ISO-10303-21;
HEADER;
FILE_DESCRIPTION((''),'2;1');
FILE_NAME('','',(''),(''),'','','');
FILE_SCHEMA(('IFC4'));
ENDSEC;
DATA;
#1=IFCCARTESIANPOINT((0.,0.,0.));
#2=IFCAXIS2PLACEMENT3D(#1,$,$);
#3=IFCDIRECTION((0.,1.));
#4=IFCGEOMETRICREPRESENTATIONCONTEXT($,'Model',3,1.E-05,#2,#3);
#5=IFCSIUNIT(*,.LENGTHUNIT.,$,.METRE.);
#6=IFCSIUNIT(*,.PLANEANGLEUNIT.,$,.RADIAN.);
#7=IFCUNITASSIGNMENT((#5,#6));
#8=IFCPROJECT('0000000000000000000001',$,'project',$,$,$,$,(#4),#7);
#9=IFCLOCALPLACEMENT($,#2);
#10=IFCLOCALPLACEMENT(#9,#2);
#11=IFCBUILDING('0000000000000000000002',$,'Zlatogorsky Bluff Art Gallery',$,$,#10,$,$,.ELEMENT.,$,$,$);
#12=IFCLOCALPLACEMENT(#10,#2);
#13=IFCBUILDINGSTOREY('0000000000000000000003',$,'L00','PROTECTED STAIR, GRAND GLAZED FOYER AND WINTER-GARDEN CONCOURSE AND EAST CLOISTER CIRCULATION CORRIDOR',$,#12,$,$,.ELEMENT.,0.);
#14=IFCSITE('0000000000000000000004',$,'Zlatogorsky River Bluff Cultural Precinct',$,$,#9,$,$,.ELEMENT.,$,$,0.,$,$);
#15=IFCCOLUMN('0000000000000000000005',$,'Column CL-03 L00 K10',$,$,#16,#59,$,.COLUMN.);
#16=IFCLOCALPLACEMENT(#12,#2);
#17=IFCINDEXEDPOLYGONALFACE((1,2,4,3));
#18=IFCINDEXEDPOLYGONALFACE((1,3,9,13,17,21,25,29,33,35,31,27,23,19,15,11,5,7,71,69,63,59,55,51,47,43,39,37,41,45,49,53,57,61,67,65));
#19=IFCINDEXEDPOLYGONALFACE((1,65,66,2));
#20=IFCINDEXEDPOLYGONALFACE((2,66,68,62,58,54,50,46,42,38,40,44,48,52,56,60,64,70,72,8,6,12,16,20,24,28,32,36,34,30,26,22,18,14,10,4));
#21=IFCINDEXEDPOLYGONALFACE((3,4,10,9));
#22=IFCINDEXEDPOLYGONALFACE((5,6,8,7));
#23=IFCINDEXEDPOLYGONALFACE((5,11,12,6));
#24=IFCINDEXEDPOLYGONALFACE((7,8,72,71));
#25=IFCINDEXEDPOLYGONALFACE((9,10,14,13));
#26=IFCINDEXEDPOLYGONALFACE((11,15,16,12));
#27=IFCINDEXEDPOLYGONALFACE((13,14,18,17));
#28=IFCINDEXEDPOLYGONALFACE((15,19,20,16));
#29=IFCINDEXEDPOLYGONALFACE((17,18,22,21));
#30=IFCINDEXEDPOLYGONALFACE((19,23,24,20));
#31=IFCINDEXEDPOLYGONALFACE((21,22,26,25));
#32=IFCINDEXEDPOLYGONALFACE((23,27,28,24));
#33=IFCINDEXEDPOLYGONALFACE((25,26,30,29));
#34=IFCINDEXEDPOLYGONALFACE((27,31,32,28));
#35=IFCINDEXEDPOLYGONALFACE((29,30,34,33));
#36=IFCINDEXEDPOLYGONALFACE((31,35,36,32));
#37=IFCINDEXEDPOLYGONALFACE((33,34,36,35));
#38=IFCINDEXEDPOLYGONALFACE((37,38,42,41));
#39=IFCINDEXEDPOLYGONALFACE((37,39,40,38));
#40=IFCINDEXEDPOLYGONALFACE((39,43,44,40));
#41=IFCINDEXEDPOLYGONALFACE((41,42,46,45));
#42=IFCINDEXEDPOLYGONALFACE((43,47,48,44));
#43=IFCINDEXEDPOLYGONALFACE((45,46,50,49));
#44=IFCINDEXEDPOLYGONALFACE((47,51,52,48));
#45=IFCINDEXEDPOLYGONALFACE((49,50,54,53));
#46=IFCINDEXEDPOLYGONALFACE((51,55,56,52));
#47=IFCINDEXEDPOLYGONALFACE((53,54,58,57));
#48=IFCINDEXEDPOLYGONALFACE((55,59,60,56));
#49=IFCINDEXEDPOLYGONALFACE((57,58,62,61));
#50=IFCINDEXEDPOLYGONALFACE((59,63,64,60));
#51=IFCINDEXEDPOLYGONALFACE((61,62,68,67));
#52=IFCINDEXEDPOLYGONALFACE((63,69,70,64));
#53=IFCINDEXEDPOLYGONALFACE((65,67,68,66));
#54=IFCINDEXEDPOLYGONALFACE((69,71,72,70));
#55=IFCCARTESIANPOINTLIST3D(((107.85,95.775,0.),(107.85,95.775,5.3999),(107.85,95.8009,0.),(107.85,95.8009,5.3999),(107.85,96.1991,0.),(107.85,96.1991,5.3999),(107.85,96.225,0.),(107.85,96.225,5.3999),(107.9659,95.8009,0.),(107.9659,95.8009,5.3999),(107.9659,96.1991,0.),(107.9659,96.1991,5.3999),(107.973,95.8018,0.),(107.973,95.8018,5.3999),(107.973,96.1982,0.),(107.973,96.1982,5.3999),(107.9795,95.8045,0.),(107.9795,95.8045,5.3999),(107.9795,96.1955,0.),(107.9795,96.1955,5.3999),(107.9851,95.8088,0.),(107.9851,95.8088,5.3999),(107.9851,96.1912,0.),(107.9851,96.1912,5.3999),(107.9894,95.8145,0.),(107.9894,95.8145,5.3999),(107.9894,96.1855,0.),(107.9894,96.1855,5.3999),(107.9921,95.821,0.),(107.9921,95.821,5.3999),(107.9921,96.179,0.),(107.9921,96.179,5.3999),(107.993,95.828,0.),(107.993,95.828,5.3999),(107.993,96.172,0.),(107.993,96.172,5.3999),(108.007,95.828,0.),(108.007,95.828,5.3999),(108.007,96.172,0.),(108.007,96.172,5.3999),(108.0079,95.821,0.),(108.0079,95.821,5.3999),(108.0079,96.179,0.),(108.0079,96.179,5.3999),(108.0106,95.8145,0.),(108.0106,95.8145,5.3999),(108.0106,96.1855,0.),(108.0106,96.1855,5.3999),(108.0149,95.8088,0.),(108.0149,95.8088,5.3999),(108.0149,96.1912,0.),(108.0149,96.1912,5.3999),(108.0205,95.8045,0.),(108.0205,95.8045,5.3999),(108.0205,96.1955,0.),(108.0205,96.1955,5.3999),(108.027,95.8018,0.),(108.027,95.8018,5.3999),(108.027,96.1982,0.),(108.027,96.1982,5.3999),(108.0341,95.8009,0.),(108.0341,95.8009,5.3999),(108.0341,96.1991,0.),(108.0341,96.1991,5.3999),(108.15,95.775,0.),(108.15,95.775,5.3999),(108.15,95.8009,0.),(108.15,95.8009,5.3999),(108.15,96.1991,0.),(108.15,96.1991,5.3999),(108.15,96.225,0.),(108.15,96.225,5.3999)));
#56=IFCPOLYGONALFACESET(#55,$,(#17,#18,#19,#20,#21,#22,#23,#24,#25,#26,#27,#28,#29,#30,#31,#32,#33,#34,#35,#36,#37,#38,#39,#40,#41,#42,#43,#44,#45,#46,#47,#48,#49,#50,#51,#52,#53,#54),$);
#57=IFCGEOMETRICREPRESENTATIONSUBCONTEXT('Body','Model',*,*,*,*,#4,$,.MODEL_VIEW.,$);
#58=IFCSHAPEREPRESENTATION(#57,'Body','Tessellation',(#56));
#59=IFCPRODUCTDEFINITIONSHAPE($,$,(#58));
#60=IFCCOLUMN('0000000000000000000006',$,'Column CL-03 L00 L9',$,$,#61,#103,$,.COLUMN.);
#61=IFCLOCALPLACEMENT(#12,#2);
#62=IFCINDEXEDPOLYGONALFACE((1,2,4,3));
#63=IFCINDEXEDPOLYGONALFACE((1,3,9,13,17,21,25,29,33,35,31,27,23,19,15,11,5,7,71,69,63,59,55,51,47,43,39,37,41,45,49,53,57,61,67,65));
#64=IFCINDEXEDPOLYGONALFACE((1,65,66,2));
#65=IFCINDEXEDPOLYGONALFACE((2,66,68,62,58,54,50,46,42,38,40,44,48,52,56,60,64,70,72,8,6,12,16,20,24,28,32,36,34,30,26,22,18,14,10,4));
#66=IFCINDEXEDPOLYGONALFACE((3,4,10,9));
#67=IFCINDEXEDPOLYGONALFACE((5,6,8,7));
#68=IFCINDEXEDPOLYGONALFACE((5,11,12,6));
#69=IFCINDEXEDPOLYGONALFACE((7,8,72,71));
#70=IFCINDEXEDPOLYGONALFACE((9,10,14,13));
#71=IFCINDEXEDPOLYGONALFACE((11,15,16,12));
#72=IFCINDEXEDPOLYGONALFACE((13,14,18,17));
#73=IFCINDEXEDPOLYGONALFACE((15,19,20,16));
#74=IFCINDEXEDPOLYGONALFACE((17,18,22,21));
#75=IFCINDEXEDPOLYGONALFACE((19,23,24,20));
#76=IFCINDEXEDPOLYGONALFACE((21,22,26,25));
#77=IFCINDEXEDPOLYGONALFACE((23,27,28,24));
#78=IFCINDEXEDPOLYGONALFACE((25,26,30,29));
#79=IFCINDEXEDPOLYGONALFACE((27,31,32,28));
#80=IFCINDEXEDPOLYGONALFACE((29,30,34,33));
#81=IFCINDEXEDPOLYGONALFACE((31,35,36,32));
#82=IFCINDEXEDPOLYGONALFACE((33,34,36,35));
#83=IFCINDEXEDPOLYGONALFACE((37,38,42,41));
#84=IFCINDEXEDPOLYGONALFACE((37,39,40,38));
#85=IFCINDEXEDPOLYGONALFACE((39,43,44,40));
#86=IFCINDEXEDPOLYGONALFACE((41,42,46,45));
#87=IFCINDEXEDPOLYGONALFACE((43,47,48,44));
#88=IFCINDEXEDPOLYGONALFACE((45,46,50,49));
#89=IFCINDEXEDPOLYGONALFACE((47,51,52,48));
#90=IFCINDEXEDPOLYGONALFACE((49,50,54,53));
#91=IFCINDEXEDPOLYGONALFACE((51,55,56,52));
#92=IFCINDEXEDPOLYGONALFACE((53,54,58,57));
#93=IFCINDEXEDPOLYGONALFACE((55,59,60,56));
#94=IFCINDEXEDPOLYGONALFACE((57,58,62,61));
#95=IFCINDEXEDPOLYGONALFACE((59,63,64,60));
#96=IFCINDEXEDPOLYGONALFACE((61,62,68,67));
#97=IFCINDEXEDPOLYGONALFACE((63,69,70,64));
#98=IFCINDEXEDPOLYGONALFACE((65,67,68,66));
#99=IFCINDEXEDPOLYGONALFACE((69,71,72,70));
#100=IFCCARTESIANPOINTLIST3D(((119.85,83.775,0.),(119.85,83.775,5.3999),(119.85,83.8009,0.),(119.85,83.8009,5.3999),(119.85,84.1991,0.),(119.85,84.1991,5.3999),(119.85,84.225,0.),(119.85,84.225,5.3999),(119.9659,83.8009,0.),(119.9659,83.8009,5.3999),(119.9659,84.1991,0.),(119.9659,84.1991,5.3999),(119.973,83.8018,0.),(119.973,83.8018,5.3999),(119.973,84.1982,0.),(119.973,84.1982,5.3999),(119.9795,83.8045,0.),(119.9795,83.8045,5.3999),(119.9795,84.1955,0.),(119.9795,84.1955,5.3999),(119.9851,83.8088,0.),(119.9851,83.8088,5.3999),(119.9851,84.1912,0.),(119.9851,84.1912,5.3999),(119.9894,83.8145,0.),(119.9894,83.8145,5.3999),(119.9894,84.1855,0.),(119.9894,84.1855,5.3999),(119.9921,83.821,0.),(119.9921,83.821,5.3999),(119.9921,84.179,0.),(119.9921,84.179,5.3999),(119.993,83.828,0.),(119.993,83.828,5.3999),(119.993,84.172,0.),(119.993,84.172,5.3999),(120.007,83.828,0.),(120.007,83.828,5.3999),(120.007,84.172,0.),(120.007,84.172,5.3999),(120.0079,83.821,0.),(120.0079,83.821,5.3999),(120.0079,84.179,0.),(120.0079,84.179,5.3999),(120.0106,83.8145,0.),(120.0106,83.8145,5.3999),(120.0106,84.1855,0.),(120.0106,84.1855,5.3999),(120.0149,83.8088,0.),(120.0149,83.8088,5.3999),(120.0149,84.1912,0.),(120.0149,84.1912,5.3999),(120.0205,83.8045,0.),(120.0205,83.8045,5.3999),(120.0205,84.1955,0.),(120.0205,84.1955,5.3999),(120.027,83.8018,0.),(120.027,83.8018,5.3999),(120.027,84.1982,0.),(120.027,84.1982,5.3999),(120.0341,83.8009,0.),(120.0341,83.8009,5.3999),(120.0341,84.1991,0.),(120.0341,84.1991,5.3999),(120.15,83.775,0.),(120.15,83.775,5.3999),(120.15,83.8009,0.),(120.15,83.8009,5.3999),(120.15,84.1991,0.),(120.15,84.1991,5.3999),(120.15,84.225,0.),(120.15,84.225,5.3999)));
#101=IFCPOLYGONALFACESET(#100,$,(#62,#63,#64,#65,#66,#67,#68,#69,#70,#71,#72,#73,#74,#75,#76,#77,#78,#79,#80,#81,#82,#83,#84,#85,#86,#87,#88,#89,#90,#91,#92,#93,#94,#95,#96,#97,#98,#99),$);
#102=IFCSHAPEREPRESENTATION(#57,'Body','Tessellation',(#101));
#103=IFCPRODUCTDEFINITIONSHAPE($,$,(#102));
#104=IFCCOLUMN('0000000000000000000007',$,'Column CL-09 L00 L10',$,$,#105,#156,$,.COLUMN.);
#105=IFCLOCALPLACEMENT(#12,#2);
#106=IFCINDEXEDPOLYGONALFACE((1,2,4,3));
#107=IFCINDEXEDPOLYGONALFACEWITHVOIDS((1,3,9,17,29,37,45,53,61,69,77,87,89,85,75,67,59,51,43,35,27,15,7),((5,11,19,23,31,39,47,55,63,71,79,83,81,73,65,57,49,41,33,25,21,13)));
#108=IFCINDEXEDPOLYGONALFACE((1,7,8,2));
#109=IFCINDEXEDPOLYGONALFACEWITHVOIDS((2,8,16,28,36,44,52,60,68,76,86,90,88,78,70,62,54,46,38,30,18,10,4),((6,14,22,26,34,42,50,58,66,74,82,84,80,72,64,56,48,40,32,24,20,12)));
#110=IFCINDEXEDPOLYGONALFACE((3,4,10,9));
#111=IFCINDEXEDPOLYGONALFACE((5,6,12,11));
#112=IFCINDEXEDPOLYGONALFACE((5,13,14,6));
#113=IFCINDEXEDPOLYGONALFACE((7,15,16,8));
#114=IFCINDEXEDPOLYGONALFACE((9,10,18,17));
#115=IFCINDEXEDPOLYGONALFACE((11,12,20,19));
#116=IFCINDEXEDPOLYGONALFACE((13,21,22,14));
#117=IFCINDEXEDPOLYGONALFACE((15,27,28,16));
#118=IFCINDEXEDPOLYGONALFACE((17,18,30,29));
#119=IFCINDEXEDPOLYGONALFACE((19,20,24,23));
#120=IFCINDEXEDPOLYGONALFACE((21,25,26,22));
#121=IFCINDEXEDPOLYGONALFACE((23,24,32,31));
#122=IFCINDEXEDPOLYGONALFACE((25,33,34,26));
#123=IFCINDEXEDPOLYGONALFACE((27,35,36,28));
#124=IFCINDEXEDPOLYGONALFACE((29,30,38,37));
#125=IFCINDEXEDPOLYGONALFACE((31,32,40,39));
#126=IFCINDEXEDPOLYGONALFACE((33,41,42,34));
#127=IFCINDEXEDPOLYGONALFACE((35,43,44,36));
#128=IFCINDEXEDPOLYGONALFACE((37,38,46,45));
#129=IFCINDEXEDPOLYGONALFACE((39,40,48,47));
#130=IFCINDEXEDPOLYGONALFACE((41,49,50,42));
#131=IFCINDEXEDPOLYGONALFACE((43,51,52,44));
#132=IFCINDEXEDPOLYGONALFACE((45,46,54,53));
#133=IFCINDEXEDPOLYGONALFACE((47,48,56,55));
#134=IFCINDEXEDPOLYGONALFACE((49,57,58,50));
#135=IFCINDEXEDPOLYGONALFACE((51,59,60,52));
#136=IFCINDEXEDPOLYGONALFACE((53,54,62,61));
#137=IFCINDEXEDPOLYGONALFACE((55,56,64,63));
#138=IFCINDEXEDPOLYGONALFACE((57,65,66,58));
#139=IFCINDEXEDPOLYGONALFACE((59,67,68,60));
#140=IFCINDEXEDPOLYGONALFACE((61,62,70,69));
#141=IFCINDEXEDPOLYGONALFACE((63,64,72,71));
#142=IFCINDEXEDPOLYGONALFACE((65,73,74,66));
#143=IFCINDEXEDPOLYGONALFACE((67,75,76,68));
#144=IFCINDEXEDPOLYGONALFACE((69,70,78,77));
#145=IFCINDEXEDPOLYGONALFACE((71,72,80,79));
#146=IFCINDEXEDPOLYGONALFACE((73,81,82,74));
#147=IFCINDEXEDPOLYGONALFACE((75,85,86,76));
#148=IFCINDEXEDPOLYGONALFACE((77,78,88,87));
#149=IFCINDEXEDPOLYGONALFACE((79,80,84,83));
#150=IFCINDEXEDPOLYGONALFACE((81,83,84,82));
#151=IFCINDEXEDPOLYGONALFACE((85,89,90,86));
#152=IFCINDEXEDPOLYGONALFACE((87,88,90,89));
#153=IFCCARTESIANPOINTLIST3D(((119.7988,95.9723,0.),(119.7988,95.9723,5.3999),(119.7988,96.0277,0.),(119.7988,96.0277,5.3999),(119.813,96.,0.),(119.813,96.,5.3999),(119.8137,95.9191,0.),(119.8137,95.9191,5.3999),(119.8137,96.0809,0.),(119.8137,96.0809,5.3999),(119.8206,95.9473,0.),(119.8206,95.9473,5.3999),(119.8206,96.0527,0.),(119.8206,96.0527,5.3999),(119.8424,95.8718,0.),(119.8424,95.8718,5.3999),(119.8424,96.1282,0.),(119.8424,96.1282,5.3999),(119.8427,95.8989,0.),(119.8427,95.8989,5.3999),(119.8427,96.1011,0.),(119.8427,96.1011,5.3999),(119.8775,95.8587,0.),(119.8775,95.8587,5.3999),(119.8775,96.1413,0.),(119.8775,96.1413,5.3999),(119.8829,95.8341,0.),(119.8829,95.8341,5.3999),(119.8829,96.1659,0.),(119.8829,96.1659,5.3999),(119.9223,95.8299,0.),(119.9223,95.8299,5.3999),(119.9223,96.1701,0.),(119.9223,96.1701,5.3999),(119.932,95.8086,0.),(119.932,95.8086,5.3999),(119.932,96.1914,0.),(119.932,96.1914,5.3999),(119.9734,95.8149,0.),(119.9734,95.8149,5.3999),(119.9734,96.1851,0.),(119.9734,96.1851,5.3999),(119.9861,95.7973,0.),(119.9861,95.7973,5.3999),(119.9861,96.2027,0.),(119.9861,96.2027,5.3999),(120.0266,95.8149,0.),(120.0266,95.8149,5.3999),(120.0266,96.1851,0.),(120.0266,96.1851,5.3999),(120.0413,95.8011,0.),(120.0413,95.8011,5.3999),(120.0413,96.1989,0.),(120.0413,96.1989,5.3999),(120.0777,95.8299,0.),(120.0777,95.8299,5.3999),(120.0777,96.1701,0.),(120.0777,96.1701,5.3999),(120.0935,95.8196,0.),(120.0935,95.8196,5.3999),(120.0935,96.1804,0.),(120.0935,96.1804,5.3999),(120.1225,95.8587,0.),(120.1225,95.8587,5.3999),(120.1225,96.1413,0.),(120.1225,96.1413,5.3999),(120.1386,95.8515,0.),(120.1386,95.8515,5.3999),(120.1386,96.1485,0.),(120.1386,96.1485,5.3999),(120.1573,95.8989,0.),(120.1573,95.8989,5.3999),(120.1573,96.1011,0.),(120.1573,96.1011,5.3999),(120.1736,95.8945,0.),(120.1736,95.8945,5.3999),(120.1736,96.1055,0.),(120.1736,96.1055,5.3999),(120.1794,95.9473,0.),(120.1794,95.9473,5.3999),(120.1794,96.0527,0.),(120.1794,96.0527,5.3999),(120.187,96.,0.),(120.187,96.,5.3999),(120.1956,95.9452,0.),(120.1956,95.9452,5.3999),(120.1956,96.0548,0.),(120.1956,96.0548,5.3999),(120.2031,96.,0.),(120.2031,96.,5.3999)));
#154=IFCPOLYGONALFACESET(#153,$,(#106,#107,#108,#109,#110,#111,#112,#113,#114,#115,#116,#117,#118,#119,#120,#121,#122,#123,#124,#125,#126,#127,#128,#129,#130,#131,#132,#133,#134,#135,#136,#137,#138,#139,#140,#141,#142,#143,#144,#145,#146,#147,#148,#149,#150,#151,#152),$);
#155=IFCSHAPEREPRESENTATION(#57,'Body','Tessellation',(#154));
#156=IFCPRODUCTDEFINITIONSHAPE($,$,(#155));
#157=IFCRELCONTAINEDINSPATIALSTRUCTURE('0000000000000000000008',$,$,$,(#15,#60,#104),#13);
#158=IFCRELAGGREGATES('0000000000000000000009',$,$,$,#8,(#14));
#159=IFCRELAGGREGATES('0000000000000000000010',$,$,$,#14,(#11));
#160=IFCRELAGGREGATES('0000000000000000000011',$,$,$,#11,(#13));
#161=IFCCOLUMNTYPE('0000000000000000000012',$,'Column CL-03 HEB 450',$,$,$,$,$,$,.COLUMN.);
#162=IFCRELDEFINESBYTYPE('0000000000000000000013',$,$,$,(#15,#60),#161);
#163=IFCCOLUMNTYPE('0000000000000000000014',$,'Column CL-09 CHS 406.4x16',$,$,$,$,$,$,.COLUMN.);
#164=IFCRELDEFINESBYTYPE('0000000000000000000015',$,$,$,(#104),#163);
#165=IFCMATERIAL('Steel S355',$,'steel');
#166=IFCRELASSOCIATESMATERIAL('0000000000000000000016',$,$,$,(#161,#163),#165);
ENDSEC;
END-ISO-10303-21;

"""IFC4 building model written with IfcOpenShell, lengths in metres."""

from ifc_helpers import new_model, si_unit, direction, frame, origin, origin_2d, place, context, subcontext, project, spatial, hollow_circle, i_section, extrude, material, material_profile, profile_set, type_object, element, save


model = new_model("IFC4")

# Units and contexts
model_context = context("Model", 3, precision=1e-05, world=origin(), true_north=direction((0.0, 1.0)))
body_context = subcontext(model_context, "Body", "Model", "MODEL_VIEW")
ifc_project = project(units=[si_unit("LENGTHUNIT", "METRE"), si_unit("PLANEANGLEUNIT", "RADIAN")], contexts=[model_context])

# Site, building, storey
site_placement = place(None, origin())
site = spatial("IfcSite", under=ifc_project, at=site_placement, Name="Zlatogorsky River Bluff Cultural Precinct", CompositionType="ELEMENT", RefElevation=0.0)
building_placement = place(site_placement, origin())
building = spatial("IfcBuilding", under=site, at=building_placement, Name="Zlatogorsky Bluff Art Gallery", CompositionType="ELEMENT")
storey_placement = place(building_placement, origin())
storey = spatial("IfcBuildingStorey", under=building, at=storey_placement, Name="L00", Description="PROTECTED STAIR, GRAND GLAZED FOYER AND WINTER-GARDEN CONCOURSE AND EAST CLOISTER CIRCULATION CORRIDOR", CompositionType="ELEMENT", Elevation=0.0)

# Columns
ifc_material_1 = material(Name="Steel S355", Category="steel")
ifc_material_profile_1 = material_profile(ifc_material_1, i_section(OverallWidth=0.3, OverallDepth=0.45, WebThickness=0.0139, FlangeThickness=0.0259, FilletRadius=0.0271, at=origin_2d()), Name="HEB 450")
ifc_profile_set_1 = profile_set([ifc_material_profile_1], Name="Steel S355")
column_type_1 = type_object("IfcColumnType", Name="Column CL-03 HEB 450", PredefinedType="COLUMN", material=ifc_profile_set_1)
for number, where, z_axis, x_axis, name in (
    (1, (108.0, 96.0, 0.0), (0.0, 0.0, 1.0), (1.0, 0.0, 0.0), "Column CL-03 L00 K10"),
    (2, (120.0, 84.0, 0.0), (0.0, 0.0, 1.0), (1.0, 0.0, 0.0), "Column CL-03 L00 L9"),
):
    element("IfcColumn", number, at=place(storey_placement, frame(where, z_axis=z_axis, x_axis=x_axis)), inside=storey, type_object=column_type_1, Name=name, PredefinedType="COLUMN", context=body_context, shape_type="SweptSolid", body=[
        extrude(i_section(OverallWidth=0.3, OverallDepth=0.45, WebThickness=0.0139, FlangeThickness=0.0259, FilletRadius=0.0271, at=origin_2d()), origin(), (0.0, 0.0, 1.0), 5.3999),
    ])
ifc_material_profile_2 = material_profile(ifc_material_1, hollow_circle(Radius=0.2031, WallThickness=0.0161, at=origin_2d()), Name="CHS 406.4x16")
ifc_profile_set_2 = profile_set([ifc_material_profile_2], Name="Steel S355")
column_type_2 = type_object("IfcColumnType", Name="Column CL-09 CHS 406.4x16", PredefinedType="COLUMN", material=ifc_profile_set_2)
column_placement = place(storey_placement, frame((120.0, 96.0, 0.0), z_axis=(0.0, 0.0, 1.0), x_axis=(1.0, 0.0, 0.0)))
element("IfcColumn", 3, at=column_placement, inside=storey, type_object=column_type_2, Name="Column CL-09 L00 L10", PredefinedType="COLUMN", context=body_context, shape_type="SweptSolid", body=[
    extrude(hollow_circle(Radius=0.2031, WallThickness=0.0161, at=origin_2d()), origin(), (0.0, 0.0, 1.0), 5.3999),
])

save(model, "model.ifc")
